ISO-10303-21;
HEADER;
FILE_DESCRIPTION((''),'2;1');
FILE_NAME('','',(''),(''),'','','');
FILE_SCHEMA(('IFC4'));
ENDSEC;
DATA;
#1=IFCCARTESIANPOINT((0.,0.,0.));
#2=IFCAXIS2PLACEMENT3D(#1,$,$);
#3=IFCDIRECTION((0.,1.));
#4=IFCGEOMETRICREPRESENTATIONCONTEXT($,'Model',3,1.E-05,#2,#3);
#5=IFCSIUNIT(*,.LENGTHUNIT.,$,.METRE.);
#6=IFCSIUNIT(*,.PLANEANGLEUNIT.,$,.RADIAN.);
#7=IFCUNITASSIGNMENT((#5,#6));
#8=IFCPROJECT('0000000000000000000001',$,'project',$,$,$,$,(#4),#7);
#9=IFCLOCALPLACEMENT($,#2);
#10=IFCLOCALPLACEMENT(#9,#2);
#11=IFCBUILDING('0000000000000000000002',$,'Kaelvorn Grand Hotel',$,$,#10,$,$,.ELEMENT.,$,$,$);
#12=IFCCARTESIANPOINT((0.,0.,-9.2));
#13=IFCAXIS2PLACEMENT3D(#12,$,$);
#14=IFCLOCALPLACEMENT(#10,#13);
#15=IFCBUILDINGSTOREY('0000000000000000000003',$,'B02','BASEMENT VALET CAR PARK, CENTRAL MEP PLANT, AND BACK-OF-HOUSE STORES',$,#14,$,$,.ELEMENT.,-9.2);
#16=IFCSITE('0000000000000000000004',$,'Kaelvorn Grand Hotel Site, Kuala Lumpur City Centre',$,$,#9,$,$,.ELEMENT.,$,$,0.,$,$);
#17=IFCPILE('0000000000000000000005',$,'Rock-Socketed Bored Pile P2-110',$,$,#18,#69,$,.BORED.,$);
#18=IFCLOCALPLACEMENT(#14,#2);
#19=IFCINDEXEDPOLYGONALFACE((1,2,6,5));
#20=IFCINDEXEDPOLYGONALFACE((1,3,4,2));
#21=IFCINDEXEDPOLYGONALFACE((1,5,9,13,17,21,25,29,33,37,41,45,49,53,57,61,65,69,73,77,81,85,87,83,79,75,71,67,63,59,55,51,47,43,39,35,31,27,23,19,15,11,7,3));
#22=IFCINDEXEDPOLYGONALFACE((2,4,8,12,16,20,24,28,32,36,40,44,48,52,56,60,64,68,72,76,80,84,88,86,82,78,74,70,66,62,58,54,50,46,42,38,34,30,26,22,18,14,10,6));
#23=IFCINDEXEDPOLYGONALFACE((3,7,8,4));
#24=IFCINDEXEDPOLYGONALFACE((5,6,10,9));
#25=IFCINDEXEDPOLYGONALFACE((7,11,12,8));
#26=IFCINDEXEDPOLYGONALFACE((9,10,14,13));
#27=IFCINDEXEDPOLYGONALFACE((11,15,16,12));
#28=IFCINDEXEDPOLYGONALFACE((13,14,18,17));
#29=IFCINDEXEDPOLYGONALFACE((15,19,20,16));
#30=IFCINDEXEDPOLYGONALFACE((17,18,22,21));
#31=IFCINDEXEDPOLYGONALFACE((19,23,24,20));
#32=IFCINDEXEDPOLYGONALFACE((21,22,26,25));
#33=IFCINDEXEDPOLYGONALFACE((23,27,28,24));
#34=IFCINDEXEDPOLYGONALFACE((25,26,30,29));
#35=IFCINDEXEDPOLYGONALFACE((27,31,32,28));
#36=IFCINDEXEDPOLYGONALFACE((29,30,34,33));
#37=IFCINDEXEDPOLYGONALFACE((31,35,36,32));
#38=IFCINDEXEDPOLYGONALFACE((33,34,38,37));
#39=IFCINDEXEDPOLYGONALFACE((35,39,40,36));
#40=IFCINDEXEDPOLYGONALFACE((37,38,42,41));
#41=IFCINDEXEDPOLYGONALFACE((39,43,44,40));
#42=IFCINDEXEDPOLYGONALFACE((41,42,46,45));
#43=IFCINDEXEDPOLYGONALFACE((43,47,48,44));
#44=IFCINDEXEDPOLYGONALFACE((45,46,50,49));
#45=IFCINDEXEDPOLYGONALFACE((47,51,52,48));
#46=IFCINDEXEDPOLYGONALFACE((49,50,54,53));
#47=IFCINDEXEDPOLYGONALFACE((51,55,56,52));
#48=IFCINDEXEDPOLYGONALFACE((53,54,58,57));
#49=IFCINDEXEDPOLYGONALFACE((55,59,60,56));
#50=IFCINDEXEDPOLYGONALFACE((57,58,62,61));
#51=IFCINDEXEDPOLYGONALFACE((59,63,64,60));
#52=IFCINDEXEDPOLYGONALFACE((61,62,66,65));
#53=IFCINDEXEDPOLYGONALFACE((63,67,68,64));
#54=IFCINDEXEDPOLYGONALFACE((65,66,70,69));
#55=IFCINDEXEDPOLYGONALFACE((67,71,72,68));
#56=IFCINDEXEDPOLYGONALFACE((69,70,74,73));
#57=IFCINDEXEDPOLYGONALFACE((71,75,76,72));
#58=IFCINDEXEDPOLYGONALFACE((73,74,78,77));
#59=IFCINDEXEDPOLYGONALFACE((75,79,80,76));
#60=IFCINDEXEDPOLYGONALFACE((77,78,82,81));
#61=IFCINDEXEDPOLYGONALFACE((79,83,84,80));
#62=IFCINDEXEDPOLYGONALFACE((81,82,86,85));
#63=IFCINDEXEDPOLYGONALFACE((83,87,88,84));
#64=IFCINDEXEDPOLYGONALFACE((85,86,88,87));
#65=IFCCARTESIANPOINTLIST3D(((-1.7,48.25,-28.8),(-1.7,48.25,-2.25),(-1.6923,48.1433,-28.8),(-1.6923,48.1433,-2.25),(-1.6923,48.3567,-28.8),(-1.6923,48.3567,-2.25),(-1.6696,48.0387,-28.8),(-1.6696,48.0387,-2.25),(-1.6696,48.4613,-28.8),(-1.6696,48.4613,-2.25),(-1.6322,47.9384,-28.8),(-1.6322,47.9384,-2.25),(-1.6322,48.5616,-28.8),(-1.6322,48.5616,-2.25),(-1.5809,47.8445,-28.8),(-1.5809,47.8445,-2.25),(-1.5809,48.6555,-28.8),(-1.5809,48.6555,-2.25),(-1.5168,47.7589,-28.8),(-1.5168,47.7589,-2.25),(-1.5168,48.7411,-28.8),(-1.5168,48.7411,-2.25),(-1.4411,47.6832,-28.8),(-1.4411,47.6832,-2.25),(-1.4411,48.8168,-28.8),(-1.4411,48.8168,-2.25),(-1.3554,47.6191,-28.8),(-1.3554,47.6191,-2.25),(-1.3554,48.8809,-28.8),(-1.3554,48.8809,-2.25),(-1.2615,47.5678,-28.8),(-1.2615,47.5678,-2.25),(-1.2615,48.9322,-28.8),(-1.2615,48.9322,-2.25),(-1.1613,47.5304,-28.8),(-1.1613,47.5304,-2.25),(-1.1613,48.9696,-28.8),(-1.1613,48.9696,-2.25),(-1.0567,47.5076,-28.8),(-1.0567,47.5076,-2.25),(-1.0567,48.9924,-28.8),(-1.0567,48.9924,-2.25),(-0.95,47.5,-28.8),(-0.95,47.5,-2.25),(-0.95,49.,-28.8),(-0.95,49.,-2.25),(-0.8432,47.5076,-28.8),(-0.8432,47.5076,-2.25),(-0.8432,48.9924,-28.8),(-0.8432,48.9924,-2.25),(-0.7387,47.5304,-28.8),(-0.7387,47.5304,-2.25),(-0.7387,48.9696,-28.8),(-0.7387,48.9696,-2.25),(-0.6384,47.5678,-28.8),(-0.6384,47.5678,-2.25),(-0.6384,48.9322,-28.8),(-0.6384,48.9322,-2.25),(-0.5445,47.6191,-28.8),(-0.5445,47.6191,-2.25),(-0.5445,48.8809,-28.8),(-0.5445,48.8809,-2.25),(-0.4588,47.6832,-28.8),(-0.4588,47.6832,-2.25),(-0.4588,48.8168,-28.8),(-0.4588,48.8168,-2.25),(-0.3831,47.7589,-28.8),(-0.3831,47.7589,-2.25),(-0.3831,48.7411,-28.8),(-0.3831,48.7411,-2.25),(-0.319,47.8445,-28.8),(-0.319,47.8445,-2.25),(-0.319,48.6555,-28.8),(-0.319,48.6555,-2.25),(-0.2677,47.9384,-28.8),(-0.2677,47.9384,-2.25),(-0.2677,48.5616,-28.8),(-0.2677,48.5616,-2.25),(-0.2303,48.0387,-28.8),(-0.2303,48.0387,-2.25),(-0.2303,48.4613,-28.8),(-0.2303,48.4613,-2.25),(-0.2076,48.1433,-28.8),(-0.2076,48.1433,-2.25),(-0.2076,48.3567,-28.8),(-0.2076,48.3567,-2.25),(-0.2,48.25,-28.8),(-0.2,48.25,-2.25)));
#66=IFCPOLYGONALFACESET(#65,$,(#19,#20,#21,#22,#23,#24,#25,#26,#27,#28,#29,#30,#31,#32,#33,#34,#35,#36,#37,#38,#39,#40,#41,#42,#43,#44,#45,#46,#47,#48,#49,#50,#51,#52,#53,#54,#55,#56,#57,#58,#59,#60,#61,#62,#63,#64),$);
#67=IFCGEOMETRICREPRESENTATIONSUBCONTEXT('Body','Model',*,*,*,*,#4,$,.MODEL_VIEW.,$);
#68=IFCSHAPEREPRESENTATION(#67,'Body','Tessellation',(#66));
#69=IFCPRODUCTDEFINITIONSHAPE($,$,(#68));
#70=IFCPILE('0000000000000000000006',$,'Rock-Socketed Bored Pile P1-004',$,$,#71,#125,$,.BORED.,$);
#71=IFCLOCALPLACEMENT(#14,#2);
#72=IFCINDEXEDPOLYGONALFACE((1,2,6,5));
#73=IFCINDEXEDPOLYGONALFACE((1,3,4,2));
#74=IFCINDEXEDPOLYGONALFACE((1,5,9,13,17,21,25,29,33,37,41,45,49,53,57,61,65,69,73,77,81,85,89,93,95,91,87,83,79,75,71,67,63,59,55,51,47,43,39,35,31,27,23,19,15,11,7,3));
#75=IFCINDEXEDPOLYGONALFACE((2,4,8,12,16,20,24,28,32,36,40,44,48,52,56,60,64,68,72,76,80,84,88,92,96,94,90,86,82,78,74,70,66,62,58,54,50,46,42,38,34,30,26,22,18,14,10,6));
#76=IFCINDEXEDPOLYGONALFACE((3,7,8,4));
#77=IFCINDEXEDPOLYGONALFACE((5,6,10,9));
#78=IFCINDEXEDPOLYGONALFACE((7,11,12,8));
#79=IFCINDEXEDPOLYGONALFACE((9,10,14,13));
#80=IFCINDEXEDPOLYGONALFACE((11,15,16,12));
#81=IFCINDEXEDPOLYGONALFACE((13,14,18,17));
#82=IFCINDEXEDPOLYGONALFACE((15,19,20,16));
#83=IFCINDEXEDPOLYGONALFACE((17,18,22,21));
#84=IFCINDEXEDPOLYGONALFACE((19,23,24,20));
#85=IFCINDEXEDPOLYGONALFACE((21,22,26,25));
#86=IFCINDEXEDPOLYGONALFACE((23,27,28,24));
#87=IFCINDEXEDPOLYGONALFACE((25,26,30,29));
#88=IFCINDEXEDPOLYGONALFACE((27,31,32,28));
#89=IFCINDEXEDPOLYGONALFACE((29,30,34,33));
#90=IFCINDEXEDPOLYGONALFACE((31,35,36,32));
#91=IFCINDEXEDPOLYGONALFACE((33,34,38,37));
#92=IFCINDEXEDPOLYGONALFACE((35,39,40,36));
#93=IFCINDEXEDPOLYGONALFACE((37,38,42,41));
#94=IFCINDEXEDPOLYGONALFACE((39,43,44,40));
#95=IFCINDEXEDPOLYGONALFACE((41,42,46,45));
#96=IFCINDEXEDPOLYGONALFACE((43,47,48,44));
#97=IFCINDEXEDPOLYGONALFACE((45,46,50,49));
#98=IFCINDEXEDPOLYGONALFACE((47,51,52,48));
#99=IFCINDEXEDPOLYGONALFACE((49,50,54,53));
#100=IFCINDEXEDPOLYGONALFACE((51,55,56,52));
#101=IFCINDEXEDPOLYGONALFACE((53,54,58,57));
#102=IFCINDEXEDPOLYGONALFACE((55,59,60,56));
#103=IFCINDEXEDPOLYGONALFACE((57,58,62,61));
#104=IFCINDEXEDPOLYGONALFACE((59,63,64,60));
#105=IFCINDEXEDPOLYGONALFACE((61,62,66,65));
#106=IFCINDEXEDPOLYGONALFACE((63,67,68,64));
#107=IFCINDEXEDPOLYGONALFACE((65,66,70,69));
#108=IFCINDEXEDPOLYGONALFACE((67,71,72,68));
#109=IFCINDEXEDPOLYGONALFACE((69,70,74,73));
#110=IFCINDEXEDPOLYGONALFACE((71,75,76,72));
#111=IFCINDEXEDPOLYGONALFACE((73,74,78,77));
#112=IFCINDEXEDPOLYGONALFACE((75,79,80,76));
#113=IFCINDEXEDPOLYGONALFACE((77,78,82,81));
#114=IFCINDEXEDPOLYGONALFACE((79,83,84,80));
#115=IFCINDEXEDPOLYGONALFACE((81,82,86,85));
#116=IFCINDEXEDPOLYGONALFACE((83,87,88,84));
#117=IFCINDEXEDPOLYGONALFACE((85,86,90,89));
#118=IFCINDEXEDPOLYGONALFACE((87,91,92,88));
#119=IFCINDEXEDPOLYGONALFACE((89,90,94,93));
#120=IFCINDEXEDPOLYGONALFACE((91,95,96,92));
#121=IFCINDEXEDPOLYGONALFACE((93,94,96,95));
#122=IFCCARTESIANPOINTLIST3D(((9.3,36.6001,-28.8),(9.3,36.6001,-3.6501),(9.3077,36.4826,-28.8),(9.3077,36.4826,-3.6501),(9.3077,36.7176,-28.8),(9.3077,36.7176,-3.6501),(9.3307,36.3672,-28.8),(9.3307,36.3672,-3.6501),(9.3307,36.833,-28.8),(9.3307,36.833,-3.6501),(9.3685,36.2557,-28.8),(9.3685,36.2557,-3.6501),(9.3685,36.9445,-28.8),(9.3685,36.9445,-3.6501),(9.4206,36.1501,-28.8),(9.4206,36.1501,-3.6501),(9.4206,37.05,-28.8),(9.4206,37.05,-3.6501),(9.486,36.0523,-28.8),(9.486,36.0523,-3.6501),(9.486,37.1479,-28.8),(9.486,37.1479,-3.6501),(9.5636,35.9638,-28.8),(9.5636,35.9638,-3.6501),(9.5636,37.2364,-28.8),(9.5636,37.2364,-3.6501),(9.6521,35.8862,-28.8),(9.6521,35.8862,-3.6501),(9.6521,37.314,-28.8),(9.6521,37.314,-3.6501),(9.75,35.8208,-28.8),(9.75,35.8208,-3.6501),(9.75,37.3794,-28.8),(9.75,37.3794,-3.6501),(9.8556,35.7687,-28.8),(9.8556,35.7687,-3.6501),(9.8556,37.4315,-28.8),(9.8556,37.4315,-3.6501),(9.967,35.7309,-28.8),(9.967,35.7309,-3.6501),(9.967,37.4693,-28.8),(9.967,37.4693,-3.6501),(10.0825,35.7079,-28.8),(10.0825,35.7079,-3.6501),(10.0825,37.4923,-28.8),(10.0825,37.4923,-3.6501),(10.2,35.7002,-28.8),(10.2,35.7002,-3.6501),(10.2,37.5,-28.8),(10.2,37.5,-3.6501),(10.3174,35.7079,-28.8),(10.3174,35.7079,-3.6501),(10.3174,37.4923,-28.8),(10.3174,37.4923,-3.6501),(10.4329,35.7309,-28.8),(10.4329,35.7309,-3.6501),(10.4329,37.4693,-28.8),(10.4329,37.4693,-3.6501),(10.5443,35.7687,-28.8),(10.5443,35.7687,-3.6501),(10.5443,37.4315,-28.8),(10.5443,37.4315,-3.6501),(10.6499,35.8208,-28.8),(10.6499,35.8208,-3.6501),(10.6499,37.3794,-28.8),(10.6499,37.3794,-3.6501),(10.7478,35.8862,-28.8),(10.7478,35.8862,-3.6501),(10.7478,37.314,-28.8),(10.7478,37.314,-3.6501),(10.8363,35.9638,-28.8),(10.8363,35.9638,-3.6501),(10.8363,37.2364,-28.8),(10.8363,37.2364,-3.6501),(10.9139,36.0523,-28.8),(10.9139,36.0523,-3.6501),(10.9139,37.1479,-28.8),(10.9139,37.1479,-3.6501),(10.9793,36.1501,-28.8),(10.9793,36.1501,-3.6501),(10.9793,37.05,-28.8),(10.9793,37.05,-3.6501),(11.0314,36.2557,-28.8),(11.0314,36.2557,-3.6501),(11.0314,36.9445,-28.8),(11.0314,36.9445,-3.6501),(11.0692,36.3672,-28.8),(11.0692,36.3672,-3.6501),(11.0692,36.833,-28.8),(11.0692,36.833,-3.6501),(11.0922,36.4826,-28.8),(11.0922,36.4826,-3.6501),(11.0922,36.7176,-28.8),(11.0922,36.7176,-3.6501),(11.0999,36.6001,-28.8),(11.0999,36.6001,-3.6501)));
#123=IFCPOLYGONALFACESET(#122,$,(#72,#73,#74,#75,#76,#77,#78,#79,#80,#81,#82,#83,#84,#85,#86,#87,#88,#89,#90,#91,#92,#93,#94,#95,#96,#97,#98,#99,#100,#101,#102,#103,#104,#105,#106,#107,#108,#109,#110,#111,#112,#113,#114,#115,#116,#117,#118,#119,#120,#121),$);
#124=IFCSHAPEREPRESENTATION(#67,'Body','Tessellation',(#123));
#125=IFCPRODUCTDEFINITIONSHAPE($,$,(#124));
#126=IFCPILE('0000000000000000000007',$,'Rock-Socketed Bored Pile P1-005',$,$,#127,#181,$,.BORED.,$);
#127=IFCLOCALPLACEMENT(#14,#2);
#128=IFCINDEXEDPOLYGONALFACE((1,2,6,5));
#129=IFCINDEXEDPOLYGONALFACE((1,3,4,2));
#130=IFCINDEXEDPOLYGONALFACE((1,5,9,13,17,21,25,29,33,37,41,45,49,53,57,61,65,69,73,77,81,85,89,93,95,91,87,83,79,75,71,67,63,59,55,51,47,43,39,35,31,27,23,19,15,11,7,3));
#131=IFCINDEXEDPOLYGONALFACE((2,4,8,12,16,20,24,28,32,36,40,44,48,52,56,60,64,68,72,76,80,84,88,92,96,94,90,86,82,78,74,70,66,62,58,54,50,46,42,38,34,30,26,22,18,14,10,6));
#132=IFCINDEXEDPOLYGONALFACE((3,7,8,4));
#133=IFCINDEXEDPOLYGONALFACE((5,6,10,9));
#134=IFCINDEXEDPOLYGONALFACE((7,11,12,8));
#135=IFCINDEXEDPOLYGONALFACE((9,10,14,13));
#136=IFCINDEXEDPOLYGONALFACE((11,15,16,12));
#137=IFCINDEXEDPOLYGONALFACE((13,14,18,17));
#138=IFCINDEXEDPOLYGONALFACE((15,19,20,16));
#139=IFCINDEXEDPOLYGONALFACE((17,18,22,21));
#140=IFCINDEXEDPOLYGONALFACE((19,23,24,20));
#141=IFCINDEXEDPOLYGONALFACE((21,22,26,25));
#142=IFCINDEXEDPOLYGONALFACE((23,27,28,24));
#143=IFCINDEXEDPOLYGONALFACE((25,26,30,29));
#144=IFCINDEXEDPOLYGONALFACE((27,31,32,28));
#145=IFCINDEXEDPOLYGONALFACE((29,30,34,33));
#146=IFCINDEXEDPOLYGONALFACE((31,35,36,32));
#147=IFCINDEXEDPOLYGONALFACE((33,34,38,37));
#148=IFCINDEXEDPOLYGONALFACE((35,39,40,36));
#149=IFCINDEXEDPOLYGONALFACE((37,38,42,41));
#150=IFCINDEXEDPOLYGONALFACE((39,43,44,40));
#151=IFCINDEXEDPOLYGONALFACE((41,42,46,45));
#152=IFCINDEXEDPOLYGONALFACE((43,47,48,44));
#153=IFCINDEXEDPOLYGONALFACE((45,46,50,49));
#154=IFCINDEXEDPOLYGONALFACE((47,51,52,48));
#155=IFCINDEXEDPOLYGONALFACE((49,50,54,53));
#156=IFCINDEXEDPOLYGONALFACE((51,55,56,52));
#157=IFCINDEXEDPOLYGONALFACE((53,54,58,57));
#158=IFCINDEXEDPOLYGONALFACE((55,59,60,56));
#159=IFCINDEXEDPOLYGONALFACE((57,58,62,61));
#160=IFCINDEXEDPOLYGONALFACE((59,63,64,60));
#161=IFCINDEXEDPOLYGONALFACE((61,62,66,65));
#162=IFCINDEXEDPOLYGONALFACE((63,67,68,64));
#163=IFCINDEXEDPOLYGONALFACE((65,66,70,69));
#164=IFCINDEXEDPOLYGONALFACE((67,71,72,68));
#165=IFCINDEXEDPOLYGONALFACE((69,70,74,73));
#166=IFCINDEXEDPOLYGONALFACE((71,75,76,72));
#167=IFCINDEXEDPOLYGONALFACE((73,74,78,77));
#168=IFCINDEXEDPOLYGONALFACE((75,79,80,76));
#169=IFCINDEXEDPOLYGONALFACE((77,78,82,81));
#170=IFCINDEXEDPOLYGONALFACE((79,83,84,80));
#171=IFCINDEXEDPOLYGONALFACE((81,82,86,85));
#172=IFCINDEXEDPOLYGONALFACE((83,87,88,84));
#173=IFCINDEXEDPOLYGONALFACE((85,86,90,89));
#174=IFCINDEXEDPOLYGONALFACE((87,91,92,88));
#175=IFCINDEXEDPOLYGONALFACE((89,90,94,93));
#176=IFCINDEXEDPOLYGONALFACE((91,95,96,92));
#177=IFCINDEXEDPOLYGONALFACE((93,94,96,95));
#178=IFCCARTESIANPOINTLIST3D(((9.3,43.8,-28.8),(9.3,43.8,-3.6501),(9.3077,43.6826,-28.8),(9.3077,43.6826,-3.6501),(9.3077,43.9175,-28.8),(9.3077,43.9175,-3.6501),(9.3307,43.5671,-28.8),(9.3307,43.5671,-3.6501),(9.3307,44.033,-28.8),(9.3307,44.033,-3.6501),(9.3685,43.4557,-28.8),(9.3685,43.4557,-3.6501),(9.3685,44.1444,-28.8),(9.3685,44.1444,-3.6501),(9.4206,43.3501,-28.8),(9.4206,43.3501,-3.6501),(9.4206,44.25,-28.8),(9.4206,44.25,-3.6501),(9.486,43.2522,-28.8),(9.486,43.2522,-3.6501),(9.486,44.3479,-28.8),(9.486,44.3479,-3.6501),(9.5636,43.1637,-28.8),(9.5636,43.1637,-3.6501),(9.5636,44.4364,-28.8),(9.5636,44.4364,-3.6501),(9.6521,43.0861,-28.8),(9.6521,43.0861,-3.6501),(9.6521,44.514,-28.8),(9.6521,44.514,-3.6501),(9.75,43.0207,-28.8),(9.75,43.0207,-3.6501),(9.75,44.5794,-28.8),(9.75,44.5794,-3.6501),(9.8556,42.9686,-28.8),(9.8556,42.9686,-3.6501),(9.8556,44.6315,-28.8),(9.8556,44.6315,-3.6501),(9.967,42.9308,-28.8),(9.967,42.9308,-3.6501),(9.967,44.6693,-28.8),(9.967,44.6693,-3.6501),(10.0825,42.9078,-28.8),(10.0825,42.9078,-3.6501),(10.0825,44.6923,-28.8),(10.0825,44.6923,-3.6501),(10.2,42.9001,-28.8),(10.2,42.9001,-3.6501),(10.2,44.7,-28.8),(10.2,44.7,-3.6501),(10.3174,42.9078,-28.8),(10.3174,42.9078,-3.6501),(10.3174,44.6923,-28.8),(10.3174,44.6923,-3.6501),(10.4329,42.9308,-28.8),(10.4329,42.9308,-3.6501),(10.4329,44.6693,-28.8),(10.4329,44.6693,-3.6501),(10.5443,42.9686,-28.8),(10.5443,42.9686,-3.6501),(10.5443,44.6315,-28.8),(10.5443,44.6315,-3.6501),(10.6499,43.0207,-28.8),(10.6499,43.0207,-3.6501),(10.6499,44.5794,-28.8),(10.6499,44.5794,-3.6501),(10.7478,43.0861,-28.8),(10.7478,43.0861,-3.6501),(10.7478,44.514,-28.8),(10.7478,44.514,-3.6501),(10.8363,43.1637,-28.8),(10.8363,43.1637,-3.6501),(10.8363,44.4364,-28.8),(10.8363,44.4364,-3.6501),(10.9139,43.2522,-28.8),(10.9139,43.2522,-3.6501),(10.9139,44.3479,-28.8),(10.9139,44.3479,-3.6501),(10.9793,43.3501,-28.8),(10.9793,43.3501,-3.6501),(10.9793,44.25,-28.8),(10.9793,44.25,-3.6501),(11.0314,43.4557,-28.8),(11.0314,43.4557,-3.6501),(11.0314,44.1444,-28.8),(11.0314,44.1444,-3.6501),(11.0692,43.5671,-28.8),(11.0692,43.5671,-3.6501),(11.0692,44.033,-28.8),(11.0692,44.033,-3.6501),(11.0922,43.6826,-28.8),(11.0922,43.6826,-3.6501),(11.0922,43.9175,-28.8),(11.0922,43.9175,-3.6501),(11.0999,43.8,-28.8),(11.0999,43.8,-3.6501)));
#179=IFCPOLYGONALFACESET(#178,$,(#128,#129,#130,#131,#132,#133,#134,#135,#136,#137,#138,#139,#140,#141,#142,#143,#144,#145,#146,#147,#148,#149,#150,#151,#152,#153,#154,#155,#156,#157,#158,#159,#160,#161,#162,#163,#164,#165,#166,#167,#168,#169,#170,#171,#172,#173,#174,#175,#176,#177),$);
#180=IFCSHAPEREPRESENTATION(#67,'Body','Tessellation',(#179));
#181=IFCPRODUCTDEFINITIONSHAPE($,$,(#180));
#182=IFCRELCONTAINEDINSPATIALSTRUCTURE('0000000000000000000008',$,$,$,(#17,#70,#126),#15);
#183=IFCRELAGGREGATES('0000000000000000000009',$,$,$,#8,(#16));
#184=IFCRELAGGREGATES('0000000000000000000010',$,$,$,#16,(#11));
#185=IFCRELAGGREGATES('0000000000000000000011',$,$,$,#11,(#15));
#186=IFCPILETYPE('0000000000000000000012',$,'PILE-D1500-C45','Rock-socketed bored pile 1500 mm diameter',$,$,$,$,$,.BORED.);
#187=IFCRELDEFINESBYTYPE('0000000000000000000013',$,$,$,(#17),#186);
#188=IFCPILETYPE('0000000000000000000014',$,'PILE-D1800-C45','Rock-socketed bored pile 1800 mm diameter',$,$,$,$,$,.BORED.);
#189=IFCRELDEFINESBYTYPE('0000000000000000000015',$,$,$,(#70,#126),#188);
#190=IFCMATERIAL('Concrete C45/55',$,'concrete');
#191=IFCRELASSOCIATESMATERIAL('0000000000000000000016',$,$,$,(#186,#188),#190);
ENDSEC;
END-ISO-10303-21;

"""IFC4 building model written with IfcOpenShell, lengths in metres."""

from ifc_helpers import new_model, si_unit, direction, frame, origin, origin_2d, place, context, subcontext, project, spatial, circle, extrude, material, material_profile, profile_set, type_object, element, save


model = new_model("IFC4")

# Units and contexts
model_context = context("Model", 3, precision=1e-05, world=origin(), true_north=direction((0.0, 1.0)))
body_context = subcontext(model_context, "Body", "Model", "MODEL_VIEW")
ifc_project = project(units=[si_unit("LENGTHUNIT", "METRE"), si_unit("PLANEANGLEUNIT", "RADIAN")], contexts=[model_context])

# Site, building, storey
site_placement = place(None, origin())
site = spatial("IfcSite", under=ifc_project, at=site_placement, Name="Kaelvorn Grand Hotel Site, Kuala Lumpur City Centre", CompositionType="ELEMENT", RefElevation=0.0)
building_placement = place(site_placement, origin())
building = spatial("IfcBuilding", under=site, at=building_placement, Name="Kaelvorn Grand Hotel", CompositionType="ELEMENT")
storey_placement = place(building_placement, frame((0.0, 0.0, -9.2)))
storey = spatial("IfcBuildingStorey", under=building, at=storey_placement, Name="B02", Description="BASEMENT VALET CAR PARK, CENTRAL MEP PLANT, AND BACK-OF-HOUSE STORES", CompositionType="ELEMENT", Elevation=-9.2)

# Piles
ifc_material_1 = material(Name="Concrete C45/55", Category="concrete")
ifc_material_profile_1 = material_profile(ifc_material_1, circle(Radius=0.75, at=origin_2d()), Name="BORED PILE D1500")
ifc_profile_set_1 = profile_set([ifc_material_profile_1], Name="Concrete C45/55")
pile_type_1 = type_object("IfcPileType", Name="PILE-D1500-C45", Description="Rock-socketed bored pile 1500 mm diameter", PredefinedType="BORED", material=ifc_profile_set_1)
for number, where, z_axis, x_axis, name in (
    (1, (-0.95, 48.25, -2.25), (0.0, 0.0, -1.0), (1.0, 0.0, 0.0), "Rock-Socketed Bored Pile P2-110"),
):
    element("IfcPile", number, at=place(storey_placement, frame(where, z_axis=z_axis, x_axis=x_axis)), inside=storey, type_object=pile_type_1, Name=name, PredefinedType="BORED", context=body_context, shape_type="SweptSolid", body=[
        extrude(circle(Radius=0.75, at=origin_2d()), origin(), (0.0, 0.0, 1.0), 26.55),
    ])
ifc_material_profile_2 = material_profile(ifc_material_1, circle(Radius=0.8999, at=origin_2d()), Name="BORED PILE D1800")
ifc_profile_set_2 = profile_set([ifc_material_profile_2], Name="Concrete C45/55")
pile_type_2 = type_object("IfcPileType", Name="PILE-D1800-C45", Description="Rock-socketed bored pile 1800 mm diameter", PredefinedType="BORED", material=ifc_profile_set_2)
for number, where, z_axis, x_axis, name in (
    (2, (10.2, 36.6001, -3.6501), (0.0, 0.0, -1.0), (1.0, 0.0, 0.0), "Rock-Socketed Bored Pile P1-004"),
    (3, (10.2, 43.8, -3.6501), (0.0, 0.0, -1.0), (1.0, 0.0, 0.0), "Rock-Socketed Bored Pile P1-005"),
):
    element("IfcPile", number, at=place(storey_placement, frame(where, z_axis=z_axis, x_axis=x_axis)), inside=storey, type_object=pile_type_2, Name=name, PredefinedType="BORED", context=body_context, shape_type="SweptSolid", body=[
        extrude(circle(Radius=0.8999, at=origin_2d()), origin(), (0.0, 0.0, 1.0), 25.1499),
    ])

save(model, "model.ifc")
